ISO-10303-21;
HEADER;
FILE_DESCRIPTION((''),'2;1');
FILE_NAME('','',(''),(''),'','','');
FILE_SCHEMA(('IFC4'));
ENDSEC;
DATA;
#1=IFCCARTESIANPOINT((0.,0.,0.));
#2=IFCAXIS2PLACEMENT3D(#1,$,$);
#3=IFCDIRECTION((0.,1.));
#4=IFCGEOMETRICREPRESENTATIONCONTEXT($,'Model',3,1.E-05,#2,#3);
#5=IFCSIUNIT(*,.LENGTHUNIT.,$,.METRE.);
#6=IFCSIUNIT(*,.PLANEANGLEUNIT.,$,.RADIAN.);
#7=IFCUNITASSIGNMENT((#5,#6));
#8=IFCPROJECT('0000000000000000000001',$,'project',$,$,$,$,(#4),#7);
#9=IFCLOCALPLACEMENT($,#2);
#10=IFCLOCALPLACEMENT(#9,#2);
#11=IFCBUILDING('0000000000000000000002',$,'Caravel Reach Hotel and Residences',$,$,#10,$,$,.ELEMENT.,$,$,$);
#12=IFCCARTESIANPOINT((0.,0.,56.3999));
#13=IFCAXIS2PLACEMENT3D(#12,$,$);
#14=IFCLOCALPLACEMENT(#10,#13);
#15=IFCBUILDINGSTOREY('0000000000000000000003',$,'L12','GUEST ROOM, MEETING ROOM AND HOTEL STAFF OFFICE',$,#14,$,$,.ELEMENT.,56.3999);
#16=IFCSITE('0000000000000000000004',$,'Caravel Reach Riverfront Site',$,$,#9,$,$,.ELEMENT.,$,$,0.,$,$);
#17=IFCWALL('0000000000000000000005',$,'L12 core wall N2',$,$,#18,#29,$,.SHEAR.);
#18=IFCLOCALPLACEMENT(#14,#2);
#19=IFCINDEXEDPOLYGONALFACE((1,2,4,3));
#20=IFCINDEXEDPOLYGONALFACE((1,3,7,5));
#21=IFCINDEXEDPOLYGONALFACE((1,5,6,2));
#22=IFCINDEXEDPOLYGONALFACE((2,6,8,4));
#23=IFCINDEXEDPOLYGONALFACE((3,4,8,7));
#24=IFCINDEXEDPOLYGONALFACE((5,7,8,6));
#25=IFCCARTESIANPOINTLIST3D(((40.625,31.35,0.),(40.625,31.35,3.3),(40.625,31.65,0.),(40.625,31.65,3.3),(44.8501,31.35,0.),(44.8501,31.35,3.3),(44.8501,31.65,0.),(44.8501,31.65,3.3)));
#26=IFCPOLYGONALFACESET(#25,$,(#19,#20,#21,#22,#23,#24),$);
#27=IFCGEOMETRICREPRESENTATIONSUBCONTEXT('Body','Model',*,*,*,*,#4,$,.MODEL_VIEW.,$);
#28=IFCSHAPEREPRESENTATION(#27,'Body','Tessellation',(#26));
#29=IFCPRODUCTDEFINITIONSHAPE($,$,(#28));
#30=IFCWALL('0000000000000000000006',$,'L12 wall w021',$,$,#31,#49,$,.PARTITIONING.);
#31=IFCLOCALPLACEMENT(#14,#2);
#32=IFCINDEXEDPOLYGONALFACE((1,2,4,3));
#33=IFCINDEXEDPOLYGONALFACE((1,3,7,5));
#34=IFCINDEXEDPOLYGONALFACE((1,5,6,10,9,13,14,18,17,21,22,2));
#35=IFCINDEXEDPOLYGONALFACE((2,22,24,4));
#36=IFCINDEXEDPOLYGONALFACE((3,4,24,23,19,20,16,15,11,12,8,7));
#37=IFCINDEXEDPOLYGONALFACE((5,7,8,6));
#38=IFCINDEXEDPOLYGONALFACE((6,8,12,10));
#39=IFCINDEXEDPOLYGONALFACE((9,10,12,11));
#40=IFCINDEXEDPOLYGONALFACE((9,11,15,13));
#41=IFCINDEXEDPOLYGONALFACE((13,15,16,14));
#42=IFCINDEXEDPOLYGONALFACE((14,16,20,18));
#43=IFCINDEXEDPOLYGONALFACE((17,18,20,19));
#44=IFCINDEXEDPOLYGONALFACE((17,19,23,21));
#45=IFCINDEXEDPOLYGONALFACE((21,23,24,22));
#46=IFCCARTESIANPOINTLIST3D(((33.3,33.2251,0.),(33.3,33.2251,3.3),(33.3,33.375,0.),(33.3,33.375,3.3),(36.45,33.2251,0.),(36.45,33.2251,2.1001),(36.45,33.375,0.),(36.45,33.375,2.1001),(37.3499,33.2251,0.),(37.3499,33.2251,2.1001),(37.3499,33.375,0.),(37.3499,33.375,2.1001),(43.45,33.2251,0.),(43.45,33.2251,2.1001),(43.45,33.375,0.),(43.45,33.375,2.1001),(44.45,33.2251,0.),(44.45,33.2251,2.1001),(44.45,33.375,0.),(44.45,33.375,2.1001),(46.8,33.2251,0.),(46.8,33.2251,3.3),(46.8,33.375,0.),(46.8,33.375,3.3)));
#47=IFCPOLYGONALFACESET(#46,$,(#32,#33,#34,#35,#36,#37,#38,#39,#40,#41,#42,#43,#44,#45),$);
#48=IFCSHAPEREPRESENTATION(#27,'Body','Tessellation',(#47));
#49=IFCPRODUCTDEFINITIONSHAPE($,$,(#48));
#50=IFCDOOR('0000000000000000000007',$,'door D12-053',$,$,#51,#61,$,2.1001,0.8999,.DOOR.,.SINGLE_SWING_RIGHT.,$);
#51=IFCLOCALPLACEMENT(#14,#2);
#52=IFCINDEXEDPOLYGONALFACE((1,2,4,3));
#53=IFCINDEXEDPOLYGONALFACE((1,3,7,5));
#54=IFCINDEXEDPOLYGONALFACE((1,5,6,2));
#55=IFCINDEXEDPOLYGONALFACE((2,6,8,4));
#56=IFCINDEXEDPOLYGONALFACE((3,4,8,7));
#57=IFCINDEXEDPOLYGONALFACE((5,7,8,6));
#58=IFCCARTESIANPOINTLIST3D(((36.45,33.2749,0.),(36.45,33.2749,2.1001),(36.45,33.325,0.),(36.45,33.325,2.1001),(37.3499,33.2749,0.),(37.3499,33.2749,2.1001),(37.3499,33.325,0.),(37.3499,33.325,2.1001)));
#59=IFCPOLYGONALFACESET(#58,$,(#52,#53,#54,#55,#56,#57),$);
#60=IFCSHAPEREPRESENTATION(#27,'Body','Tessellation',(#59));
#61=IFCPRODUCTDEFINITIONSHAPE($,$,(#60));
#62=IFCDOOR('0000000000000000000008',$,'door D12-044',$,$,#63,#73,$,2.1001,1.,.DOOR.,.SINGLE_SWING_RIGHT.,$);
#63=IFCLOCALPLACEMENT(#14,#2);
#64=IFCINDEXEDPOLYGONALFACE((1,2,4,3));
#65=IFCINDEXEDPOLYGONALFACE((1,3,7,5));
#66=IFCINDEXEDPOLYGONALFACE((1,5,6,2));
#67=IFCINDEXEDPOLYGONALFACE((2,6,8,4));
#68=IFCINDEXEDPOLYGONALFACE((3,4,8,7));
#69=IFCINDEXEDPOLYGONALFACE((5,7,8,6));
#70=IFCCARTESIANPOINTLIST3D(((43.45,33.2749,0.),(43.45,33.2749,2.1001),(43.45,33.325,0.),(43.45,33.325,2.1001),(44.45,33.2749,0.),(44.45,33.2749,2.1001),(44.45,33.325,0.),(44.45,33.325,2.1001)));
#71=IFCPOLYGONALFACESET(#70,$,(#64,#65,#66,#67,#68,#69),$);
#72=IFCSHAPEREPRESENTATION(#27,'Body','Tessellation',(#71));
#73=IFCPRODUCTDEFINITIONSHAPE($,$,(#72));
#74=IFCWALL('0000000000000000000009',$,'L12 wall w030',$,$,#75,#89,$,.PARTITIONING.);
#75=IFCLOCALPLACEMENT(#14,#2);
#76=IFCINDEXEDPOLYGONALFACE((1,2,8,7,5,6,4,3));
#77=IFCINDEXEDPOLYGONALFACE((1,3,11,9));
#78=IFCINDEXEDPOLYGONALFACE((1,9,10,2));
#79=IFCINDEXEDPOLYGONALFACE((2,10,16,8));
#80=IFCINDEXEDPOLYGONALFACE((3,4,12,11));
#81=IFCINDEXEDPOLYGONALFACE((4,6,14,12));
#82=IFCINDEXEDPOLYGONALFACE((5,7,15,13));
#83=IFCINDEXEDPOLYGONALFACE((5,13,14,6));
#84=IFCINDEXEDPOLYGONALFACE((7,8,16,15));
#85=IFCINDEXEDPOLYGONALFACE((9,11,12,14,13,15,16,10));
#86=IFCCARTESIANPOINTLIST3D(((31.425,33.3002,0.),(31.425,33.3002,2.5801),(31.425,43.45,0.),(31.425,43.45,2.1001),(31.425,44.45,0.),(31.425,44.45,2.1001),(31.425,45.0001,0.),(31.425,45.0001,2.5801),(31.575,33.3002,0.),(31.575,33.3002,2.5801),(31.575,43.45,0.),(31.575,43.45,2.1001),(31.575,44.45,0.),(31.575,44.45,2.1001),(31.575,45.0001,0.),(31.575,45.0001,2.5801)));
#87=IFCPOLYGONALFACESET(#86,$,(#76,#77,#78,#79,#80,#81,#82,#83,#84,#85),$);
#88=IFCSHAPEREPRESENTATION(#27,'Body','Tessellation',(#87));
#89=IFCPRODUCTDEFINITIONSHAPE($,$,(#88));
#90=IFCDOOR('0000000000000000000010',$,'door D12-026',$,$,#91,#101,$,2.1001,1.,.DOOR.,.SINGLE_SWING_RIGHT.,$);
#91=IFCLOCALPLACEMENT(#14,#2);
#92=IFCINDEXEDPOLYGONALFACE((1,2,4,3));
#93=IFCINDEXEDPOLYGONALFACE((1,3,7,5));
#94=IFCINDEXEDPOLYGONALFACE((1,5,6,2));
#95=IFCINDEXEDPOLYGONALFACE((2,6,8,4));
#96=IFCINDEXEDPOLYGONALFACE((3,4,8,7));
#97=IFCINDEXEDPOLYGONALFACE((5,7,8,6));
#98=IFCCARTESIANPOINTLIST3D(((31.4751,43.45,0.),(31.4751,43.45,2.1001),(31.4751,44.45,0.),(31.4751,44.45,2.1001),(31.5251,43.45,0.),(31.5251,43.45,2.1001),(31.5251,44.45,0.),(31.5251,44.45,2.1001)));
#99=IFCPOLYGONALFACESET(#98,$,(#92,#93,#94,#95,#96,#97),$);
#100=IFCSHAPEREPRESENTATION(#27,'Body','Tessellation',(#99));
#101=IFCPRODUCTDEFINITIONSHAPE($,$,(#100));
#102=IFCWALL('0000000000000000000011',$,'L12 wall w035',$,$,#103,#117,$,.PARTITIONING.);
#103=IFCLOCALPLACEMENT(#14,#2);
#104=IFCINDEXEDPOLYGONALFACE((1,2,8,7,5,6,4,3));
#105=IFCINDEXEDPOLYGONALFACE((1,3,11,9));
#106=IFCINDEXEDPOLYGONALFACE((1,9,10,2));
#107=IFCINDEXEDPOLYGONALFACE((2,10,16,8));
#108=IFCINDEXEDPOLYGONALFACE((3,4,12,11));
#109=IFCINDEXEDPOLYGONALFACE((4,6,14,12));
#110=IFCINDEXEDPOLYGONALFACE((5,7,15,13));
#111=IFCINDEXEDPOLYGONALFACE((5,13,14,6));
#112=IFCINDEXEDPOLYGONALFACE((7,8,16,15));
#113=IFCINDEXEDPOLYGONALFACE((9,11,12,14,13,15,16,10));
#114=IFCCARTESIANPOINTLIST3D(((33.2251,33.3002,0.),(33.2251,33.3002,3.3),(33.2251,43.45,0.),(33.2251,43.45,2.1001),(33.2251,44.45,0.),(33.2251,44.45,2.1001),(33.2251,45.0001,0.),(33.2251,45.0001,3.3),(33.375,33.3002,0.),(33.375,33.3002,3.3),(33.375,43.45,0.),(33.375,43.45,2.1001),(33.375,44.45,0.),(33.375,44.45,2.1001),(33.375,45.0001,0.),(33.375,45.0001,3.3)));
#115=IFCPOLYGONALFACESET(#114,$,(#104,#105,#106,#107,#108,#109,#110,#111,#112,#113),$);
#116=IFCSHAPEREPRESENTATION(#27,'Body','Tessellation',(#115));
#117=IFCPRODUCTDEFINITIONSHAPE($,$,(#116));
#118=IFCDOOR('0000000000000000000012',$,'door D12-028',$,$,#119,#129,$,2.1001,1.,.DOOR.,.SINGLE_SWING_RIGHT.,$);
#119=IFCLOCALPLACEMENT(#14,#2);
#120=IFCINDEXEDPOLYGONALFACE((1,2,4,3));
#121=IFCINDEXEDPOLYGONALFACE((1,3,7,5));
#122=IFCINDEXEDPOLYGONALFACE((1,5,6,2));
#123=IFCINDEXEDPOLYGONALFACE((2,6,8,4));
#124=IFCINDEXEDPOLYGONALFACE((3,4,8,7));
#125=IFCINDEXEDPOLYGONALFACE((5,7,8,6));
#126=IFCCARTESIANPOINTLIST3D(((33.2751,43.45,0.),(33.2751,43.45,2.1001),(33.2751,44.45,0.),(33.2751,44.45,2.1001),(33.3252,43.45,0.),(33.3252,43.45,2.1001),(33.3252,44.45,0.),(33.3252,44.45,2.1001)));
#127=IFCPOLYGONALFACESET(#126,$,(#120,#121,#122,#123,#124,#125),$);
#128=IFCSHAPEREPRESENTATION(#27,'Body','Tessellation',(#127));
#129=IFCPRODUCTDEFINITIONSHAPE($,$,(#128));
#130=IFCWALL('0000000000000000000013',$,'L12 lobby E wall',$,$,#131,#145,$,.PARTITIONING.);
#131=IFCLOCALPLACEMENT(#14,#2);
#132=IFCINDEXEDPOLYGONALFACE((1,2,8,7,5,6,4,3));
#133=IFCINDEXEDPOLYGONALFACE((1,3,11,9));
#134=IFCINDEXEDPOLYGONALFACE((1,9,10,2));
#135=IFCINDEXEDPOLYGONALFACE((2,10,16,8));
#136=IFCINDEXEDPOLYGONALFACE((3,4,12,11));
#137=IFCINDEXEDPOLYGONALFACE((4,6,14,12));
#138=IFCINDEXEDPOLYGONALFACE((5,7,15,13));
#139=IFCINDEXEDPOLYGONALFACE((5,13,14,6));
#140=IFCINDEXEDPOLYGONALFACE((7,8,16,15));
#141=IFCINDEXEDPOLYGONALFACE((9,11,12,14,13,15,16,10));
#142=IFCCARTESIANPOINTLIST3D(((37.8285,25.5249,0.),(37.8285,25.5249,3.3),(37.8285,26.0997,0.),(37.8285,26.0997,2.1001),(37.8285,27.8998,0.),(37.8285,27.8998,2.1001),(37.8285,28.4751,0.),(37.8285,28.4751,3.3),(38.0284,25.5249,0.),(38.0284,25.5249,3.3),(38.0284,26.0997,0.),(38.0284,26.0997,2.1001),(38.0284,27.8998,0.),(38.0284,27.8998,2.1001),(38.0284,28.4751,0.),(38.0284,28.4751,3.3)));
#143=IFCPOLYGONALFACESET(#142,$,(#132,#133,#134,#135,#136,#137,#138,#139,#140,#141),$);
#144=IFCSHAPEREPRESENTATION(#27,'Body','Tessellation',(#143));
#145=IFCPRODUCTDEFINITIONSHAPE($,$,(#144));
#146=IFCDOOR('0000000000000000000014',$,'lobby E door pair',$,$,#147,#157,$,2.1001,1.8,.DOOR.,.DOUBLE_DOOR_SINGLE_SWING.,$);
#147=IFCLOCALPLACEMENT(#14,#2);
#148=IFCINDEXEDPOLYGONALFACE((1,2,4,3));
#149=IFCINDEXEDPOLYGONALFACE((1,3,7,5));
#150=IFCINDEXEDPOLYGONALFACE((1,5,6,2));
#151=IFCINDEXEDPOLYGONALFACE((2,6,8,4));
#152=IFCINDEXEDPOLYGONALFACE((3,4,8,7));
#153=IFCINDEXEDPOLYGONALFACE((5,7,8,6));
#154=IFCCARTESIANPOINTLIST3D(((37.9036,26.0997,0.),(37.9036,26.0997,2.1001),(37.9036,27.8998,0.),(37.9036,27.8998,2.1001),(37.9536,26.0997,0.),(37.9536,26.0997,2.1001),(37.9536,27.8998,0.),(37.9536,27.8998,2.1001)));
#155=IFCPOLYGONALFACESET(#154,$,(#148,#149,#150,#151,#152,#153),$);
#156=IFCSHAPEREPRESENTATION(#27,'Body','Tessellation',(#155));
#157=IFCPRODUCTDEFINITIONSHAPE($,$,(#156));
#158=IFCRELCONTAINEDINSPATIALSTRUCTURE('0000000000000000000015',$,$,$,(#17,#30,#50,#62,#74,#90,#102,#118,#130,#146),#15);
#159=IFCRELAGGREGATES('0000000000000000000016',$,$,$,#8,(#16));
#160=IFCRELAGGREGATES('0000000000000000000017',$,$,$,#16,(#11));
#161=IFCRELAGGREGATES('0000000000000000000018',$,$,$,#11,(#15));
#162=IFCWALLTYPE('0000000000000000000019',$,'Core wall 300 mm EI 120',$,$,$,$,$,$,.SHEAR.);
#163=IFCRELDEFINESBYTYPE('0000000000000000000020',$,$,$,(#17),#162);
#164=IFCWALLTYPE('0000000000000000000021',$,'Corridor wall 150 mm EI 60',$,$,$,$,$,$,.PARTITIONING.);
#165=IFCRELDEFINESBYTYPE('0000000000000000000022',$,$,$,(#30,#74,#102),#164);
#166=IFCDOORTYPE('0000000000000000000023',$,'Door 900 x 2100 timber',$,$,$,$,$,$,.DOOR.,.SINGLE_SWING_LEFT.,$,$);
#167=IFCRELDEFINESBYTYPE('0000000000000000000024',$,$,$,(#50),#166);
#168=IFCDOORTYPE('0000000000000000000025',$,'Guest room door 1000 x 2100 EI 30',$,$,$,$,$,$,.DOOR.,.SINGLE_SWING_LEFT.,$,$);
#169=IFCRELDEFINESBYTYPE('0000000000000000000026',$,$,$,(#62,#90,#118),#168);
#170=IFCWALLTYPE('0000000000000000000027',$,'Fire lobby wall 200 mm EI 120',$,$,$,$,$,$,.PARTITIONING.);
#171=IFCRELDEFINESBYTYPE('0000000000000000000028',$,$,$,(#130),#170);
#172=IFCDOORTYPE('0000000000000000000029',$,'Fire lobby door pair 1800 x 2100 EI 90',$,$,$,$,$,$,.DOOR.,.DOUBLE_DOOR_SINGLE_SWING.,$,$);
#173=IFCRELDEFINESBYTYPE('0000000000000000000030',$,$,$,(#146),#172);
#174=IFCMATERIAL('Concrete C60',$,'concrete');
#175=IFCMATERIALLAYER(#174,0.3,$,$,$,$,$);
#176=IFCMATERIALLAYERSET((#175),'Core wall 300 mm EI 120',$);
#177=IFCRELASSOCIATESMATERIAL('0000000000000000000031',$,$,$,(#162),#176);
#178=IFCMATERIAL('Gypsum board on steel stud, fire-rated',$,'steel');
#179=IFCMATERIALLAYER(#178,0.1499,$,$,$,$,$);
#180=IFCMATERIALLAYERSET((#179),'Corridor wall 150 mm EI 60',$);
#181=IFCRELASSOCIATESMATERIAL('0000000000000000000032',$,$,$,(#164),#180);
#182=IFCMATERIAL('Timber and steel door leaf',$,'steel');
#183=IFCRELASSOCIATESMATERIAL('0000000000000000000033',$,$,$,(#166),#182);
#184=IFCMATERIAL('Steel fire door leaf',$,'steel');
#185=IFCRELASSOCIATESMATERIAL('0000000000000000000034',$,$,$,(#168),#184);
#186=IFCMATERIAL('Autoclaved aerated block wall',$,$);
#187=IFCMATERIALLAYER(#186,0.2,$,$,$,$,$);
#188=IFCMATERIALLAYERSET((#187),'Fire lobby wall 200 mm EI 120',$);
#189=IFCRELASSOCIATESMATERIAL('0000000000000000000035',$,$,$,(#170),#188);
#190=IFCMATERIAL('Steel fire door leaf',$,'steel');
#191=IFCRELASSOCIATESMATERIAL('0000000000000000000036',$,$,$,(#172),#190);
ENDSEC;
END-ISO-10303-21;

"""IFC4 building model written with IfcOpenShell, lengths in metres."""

from ifc_helpers import new_model, si_unit, direction, frame, frame_2d, origin, place, context, subcontext, project, spatial, rectangle, extrude, material, layer, layer_set, type_object, element, fill, save


model = new_model("IFC4")

# Units and contexts
model_context = context("Model", 3, precision=1e-05, world=origin(), true_north=direction((0.0, 1.0)))
body_context = subcontext(model_context, "Body", "Model", "MODEL_VIEW")
ifc_project = project(units=[si_unit("LENGTHUNIT", "METRE"), si_unit("PLANEANGLEUNIT", "RADIAN")], contexts=[model_context])

# Site, building, storey
site_placement = place(None, origin())
site = spatial("IfcSite", under=ifc_project, at=site_placement, Name="Caravel Reach Riverfront Site", CompositionType="ELEMENT", RefElevation=0.0)
building_placement = place(site_placement, origin())
building = spatial("IfcBuilding", under=site, at=building_placement, Name="Caravel Reach Hotel and Residences", CompositionType="ELEMENT")
storey_placement = place(building_placement, frame((0.0, 0.0, 56.3999)))
storey = spatial("IfcBuildingStorey", under=building, at=storey_placement, Name="L12", Description="GUEST ROOM, MEETING ROOM AND HOTEL STAFF OFFICE", CompositionType="ELEMENT", Elevation=56.3999)

# Wall
ifc_material_1 = material(Name="Concrete C60", Category="concrete")
ifc_layer_1 = layer(ifc_material_1, 0.3)
ifc_layer_set_1 = layer_set([ifc_layer_1], Name="Core wall 300 mm EI 120")
wall_type_1 = type_object("IfcWallType", Name="Core wall 300 mm EI 120", PredefinedType="SHEAR", material=ifc_layer_set_1)
wall_1_placement = place(storey_placement, frame((40.625, 31.5, 0.0), z_axis=(0.0, 0.0, 1.0), x_axis=(1.0, 0.0, 0.0)))
element("IfcWall", 1, at=wall_1_placement, inside=storey, type_object=wall_type_1, Name="L12 core wall N2", PredefinedType="SHEAR", context=body_context, shape_type="SweptSolid", body=[
    extrude(rectangle(XDim=4.2251, YDim=0.3, at=frame_2d((2.1125, 0.0))), origin(), (0.0, 0.0, 1.0), 3.3),
])

# Wall, openings, doors
ifc_material_2 = material(Name="Gypsum board on steel stud, fire-rated", Category="steel")
ifc_layer_2 = layer(ifc_material_2, 0.1499)
ifc_layer_set_2 = layer_set([ifc_layer_2], Name="Corridor wall 150 mm EI 60")
wall_type_2 = type_object("IfcWallType", Name="Corridor wall 150 mm EI 60", PredefinedType="PARTITIONING", material=ifc_layer_set_2)
wall_2_placement = place(storey_placement, frame((33.3, 33.3, 0.0), z_axis=(0.0, 0.0, 1.0), x_axis=(1.0, 0.0, 0.0)))
wall_2 = element("IfcWall", 2, at=wall_2_placement, inside=storey, type_object=wall_type_2, Name="L12 wall w021", PredefinedType="PARTITIONING", context=body_context, shape_type="SweptSolid", body=[
    extrude(rectangle(XDim=13.5, YDim=0.1499, at=frame_2d((6.75, 0.0))), origin(), (0.0, 0.0, 1.0), 3.3),
])
opening_1_placement = place(wall_2_placement, frame((10.1499, 0.0, 0.0)))
opening_1 = element("IfcOpeningElement", 3, at=opening_1_placement, cuts=wall_2, PredefinedType="OPENING", context=body_context, shape_type="SweptSolid", body=[
    extrude(rectangle(XDim=1.0, YDim=2.1001, at=frame_2d((0.5, 1.05))), frame((0.0, 0.085, 0.0), z_axis=(0.0, -1.0, 0.0), x_axis=(1.0, 0.0, 0.0)), (0.0, 0.0, 1.0), 0.1699),
])
opening_2_placement = place(wall_2_placement, frame((3.1499, 0.0, 0.0)))
opening_2 = element("IfcOpeningElement", 4, at=opening_2_placement, cuts=wall_2, PredefinedType="OPENING", context=body_context, shape_type="SweptSolid", body=[
    extrude(rectangle(XDim=0.8999, YDim=2.1001, at=frame_2d((0.45, 1.05))), frame((0.0, 0.085, 0.0), z_axis=(0.0, -1.0, 0.0), x_axis=(1.0, 0.0, 0.0)), (0.0, 0.0, 1.0), 0.1699),
])
ifc_material_3 = material(Name="Timber and steel door leaf", Category="steel")
door_type_1 = type_object("IfcDoorType", Name="Door 900 x 2100 timber", OperationType="SINGLE_SWING_LEFT", PredefinedType="DOOR", material=ifc_material_3)
door_1_placement = place(opening_2_placement, origin())
door_1 = element("IfcDoor", 5, at=door_1_placement, inside=storey, type_object=door_type_1, Name="door D12-053", OperationType="SINGLE_SWING_RIGHT", OverallHeight=2.1001, OverallWidth=0.8999, PredefinedType="DOOR", context=body_context, shape_type="SweptSolid", body=[
    extrude(rectangle(XDim=0.8999, YDim=2.1001, at=frame_2d((0.45, 1.05))), frame((0.0, 0.0249, 0.0), z_axis=(0.0, -1.0, 0.0), x_axis=(1.0, 0.0, 0.0)), (0.0, 0.0, 1.0), 0.05),
])
fill(opening_2, door_1)
ifc_material_4 = material(Name="Steel fire door leaf", Category="steel")
door_type_2 = type_object("IfcDoorType", Name="Guest room door 1000 x 2100 EI 30", OperationType="SINGLE_SWING_LEFT", PredefinedType="DOOR", material=ifc_material_4)
door_2_placement = place(opening_1_placement, origin())
door_2 = element("IfcDoor", 6, at=door_2_placement, inside=storey, type_object=door_type_2, Name="door D12-044", OperationType="SINGLE_SWING_RIGHT", OverallHeight=2.1001, OverallWidth=1.0, PredefinedType="DOOR", context=body_context, shape_type="SweptSolid", body=[
    extrude(rectangle(XDim=1.0, YDim=2.1001, at=frame_2d((0.5, 1.05))), frame((0.0, 0.0249, 0.0), z_axis=(0.0, -1.0, 0.0), x_axis=(1.0, 0.0, 0.0)), (0.0, 0.0, 1.0), 0.05),
])
fill(opening_1, door_2)

# Walls, openings, doors
wall_3_placement = place(storey_placement, frame((31.5, 33.3, 0.0), z_axis=(0.0, 0.0, 1.0), x_axis=(0.0, 1.0, 0.0)))
wall_3 = element("IfcWall", 7, at=wall_3_placement, inside=storey, type_object=wall_type_2, Name="L12 wall w030", PredefinedType="PARTITIONING", context=body_context, shape_type="SweptSolid", body=[
    extrude(rectangle(XDim=11.7, YDim=0.1499, at=frame_2d((5.8501, 0.0))), origin(), (0.0, 0.0, 1.0), 2.5801),
])
opening_3_placement = place(wall_3_placement, frame((10.1499, 0.0, 0.0)))
opening_3 = element("IfcOpeningElement", 8, at=opening_3_placement, cuts=wall_3, PredefinedType="OPENING", context=body_context, shape_type="SweptSolid", body=[
    extrude(rectangle(XDim=1.0, YDim=2.1001, at=frame_2d((0.5, 1.05))), frame((0.0, 0.085, 0.0), z_axis=(0.0, -1.0, 0.0), x_axis=(1.0, 0.0, 0.0)), (0.0, 0.0, 1.0), 0.1699),
])
door_3_placement = place(opening_3_placement, origin())
door_3 = element("IfcDoor", 9, at=door_3_placement, inside=storey, type_object=door_type_2, Name="door D12-026", OperationType="SINGLE_SWING_RIGHT", OverallHeight=2.1001, OverallWidth=1.0, PredefinedType="DOOR", context=body_context, shape_type="SweptSolid", body=[
    extrude(rectangle(XDim=1.0, YDim=2.1001, at=frame_2d((0.5, 1.05))), frame((0.0, 0.0249, 0.0), z_axis=(0.0, -1.0, 0.0), x_axis=(1.0, 0.0, 0.0)), (0.0, 0.0, 1.0), 0.05),
])
fill(opening_3, door_3)
wall_4_placement = place(storey_placement, frame((33.3, 33.3, 0.0), z_axis=(0.0, 0.0, 1.0), x_axis=(0.0, 1.0, 0.0)))
wall_4 = element("IfcWall", 10, at=wall_4_placement, inside=storey, type_object=wall_type_2, Name="L12 wall w035", PredefinedType="PARTITIONING", context=body_context, shape_type="SweptSolid", body=[
    extrude(rectangle(XDim=11.7, YDim=0.1499, at=frame_2d((5.8501, 0.0))), origin(), (0.0, 0.0, 1.0), 3.3),
])
opening_4_placement = place(wall_4_placement, frame((10.1499, 0.0, 0.0)))
opening_4 = element("IfcOpeningElement", 11, at=opening_4_placement, cuts=wall_4, PredefinedType="OPENING", context=body_context, shape_type="SweptSolid", body=[
    extrude(rectangle(XDim=1.0, YDim=2.1001, at=frame_2d((0.5, 1.05))), frame((0.0, 0.085, 0.0), z_axis=(0.0, -1.0, 0.0), x_axis=(1.0, 0.0, 0.0)), (0.0, 0.0, 1.0), 0.1699),
])
door_4_placement = place(opening_4_placement, origin())
door_4 = element("IfcDoor", 12, at=door_4_placement, inside=storey, type_object=door_type_2, Name="door D12-028", OperationType="SINGLE_SWING_RIGHT", OverallHeight=2.1001, OverallWidth=1.0, PredefinedType="DOOR", context=body_context, shape_type="SweptSolid", body=[
    extrude(rectangle(XDim=1.0, YDim=2.1001, at=frame_2d((0.5, 1.05))), frame((0.0, 0.0249, 0.0), z_axis=(0.0, -1.0, 0.0), x_axis=(1.0, 0.0, 0.0)), (0.0, 0.0, 1.0), 0.05),
])
fill(opening_4, door_4)
ifc_material_5 = material(Name="Autoclaved aerated block wall")
ifc_layer_3 = layer(ifc_material_5, 0.2)
ifc_layer_set_3 = layer_set([ifc_layer_3], Name="Fire lobby wall 200 mm EI 120")
wall_type_3 = type_object("IfcWallType", Name="Fire lobby wall 200 mm EI 120", PredefinedType="PARTITIONING", material=ifc_layer_set_3)
wall_5_placement = place(storey_placement, frame((37.9285, 25.5249, 0.0), z_axis=(0.0, 0.0, 1.0), x_axis=(0.0, 1.0, 0.0)))
wall_5 = element("IfcWall", 13, at=wall_5_placement, inside=storey, type_object=wall_type_3, Name="L12 lobby E wall", PredefinedType="PARTITIONING", context=body_context, shape_type="SweptSolid", body=[
    extrude(rectangle(XDim=2.9502, YDim=0.2, at=frame_2d((1.4751, 0.0))), origin(), (0.0, 0.0, 1.0), 3.3),
])
opening_5_placement = place(wall_5_placement, frame((0.575, 0.0, 0.0)))
opening_5 = element("IfcOpeningElement", 14, at=opening_5_placement, cuts=wall_5, PredefinedType="OPENING", context=body_context, shape_type="SweptSolid", body=[
    extrude(rectangle(XDim=1.8, YDim=2.1001, at=frame_2d((0.8999, 1.05))), frame((0.0, 0.1099, 0.0), z_axis=(0.0, -1.0, 0.0), x_axis=(1.0, 0.0, 0.0)), (0.0, 0.0, 1.0), 0.22),
])
ifc_material_6 = material(Name="Steel fire door leaf", Category="steel")
door_type_3 = type_object("IfcDoorType", Name="Fire lobby door pair 1800 x 2100 EI 90", OperationType="DOUBLE_DOOR_SINGLE_SWING", PredefinedType="DOOR", material=ifc_material_6)
door_5_placement = place(opening_5_placement, origin())
door_5 = element("IfcDoor", 15, at=door_5_placement, inside=storey, type_object=door_type_3, Name="lobby E door pair", OperationType="DOUBLE_DOOR_SINGLE_SWING", OverallHeight=2.1001, OverallWidth=1.8, PredefinedType="DOOR", context=body_context, shape_type="SweptSolid", body=[
    extrude(rectangle(XDim=1.8, YDim=2.1001, at=frame_2d((0.8999, 1.05))), frame((0.0, 0.0249, 0.0), z_axis=(0.0, -1.0, 0.0), x_axis=(1.0, 0.0, 0.0)), (0.0, 0.0, 1.0), 0.05),
])
fill(opening_5, door_5)

save(model, "model.ifc")
